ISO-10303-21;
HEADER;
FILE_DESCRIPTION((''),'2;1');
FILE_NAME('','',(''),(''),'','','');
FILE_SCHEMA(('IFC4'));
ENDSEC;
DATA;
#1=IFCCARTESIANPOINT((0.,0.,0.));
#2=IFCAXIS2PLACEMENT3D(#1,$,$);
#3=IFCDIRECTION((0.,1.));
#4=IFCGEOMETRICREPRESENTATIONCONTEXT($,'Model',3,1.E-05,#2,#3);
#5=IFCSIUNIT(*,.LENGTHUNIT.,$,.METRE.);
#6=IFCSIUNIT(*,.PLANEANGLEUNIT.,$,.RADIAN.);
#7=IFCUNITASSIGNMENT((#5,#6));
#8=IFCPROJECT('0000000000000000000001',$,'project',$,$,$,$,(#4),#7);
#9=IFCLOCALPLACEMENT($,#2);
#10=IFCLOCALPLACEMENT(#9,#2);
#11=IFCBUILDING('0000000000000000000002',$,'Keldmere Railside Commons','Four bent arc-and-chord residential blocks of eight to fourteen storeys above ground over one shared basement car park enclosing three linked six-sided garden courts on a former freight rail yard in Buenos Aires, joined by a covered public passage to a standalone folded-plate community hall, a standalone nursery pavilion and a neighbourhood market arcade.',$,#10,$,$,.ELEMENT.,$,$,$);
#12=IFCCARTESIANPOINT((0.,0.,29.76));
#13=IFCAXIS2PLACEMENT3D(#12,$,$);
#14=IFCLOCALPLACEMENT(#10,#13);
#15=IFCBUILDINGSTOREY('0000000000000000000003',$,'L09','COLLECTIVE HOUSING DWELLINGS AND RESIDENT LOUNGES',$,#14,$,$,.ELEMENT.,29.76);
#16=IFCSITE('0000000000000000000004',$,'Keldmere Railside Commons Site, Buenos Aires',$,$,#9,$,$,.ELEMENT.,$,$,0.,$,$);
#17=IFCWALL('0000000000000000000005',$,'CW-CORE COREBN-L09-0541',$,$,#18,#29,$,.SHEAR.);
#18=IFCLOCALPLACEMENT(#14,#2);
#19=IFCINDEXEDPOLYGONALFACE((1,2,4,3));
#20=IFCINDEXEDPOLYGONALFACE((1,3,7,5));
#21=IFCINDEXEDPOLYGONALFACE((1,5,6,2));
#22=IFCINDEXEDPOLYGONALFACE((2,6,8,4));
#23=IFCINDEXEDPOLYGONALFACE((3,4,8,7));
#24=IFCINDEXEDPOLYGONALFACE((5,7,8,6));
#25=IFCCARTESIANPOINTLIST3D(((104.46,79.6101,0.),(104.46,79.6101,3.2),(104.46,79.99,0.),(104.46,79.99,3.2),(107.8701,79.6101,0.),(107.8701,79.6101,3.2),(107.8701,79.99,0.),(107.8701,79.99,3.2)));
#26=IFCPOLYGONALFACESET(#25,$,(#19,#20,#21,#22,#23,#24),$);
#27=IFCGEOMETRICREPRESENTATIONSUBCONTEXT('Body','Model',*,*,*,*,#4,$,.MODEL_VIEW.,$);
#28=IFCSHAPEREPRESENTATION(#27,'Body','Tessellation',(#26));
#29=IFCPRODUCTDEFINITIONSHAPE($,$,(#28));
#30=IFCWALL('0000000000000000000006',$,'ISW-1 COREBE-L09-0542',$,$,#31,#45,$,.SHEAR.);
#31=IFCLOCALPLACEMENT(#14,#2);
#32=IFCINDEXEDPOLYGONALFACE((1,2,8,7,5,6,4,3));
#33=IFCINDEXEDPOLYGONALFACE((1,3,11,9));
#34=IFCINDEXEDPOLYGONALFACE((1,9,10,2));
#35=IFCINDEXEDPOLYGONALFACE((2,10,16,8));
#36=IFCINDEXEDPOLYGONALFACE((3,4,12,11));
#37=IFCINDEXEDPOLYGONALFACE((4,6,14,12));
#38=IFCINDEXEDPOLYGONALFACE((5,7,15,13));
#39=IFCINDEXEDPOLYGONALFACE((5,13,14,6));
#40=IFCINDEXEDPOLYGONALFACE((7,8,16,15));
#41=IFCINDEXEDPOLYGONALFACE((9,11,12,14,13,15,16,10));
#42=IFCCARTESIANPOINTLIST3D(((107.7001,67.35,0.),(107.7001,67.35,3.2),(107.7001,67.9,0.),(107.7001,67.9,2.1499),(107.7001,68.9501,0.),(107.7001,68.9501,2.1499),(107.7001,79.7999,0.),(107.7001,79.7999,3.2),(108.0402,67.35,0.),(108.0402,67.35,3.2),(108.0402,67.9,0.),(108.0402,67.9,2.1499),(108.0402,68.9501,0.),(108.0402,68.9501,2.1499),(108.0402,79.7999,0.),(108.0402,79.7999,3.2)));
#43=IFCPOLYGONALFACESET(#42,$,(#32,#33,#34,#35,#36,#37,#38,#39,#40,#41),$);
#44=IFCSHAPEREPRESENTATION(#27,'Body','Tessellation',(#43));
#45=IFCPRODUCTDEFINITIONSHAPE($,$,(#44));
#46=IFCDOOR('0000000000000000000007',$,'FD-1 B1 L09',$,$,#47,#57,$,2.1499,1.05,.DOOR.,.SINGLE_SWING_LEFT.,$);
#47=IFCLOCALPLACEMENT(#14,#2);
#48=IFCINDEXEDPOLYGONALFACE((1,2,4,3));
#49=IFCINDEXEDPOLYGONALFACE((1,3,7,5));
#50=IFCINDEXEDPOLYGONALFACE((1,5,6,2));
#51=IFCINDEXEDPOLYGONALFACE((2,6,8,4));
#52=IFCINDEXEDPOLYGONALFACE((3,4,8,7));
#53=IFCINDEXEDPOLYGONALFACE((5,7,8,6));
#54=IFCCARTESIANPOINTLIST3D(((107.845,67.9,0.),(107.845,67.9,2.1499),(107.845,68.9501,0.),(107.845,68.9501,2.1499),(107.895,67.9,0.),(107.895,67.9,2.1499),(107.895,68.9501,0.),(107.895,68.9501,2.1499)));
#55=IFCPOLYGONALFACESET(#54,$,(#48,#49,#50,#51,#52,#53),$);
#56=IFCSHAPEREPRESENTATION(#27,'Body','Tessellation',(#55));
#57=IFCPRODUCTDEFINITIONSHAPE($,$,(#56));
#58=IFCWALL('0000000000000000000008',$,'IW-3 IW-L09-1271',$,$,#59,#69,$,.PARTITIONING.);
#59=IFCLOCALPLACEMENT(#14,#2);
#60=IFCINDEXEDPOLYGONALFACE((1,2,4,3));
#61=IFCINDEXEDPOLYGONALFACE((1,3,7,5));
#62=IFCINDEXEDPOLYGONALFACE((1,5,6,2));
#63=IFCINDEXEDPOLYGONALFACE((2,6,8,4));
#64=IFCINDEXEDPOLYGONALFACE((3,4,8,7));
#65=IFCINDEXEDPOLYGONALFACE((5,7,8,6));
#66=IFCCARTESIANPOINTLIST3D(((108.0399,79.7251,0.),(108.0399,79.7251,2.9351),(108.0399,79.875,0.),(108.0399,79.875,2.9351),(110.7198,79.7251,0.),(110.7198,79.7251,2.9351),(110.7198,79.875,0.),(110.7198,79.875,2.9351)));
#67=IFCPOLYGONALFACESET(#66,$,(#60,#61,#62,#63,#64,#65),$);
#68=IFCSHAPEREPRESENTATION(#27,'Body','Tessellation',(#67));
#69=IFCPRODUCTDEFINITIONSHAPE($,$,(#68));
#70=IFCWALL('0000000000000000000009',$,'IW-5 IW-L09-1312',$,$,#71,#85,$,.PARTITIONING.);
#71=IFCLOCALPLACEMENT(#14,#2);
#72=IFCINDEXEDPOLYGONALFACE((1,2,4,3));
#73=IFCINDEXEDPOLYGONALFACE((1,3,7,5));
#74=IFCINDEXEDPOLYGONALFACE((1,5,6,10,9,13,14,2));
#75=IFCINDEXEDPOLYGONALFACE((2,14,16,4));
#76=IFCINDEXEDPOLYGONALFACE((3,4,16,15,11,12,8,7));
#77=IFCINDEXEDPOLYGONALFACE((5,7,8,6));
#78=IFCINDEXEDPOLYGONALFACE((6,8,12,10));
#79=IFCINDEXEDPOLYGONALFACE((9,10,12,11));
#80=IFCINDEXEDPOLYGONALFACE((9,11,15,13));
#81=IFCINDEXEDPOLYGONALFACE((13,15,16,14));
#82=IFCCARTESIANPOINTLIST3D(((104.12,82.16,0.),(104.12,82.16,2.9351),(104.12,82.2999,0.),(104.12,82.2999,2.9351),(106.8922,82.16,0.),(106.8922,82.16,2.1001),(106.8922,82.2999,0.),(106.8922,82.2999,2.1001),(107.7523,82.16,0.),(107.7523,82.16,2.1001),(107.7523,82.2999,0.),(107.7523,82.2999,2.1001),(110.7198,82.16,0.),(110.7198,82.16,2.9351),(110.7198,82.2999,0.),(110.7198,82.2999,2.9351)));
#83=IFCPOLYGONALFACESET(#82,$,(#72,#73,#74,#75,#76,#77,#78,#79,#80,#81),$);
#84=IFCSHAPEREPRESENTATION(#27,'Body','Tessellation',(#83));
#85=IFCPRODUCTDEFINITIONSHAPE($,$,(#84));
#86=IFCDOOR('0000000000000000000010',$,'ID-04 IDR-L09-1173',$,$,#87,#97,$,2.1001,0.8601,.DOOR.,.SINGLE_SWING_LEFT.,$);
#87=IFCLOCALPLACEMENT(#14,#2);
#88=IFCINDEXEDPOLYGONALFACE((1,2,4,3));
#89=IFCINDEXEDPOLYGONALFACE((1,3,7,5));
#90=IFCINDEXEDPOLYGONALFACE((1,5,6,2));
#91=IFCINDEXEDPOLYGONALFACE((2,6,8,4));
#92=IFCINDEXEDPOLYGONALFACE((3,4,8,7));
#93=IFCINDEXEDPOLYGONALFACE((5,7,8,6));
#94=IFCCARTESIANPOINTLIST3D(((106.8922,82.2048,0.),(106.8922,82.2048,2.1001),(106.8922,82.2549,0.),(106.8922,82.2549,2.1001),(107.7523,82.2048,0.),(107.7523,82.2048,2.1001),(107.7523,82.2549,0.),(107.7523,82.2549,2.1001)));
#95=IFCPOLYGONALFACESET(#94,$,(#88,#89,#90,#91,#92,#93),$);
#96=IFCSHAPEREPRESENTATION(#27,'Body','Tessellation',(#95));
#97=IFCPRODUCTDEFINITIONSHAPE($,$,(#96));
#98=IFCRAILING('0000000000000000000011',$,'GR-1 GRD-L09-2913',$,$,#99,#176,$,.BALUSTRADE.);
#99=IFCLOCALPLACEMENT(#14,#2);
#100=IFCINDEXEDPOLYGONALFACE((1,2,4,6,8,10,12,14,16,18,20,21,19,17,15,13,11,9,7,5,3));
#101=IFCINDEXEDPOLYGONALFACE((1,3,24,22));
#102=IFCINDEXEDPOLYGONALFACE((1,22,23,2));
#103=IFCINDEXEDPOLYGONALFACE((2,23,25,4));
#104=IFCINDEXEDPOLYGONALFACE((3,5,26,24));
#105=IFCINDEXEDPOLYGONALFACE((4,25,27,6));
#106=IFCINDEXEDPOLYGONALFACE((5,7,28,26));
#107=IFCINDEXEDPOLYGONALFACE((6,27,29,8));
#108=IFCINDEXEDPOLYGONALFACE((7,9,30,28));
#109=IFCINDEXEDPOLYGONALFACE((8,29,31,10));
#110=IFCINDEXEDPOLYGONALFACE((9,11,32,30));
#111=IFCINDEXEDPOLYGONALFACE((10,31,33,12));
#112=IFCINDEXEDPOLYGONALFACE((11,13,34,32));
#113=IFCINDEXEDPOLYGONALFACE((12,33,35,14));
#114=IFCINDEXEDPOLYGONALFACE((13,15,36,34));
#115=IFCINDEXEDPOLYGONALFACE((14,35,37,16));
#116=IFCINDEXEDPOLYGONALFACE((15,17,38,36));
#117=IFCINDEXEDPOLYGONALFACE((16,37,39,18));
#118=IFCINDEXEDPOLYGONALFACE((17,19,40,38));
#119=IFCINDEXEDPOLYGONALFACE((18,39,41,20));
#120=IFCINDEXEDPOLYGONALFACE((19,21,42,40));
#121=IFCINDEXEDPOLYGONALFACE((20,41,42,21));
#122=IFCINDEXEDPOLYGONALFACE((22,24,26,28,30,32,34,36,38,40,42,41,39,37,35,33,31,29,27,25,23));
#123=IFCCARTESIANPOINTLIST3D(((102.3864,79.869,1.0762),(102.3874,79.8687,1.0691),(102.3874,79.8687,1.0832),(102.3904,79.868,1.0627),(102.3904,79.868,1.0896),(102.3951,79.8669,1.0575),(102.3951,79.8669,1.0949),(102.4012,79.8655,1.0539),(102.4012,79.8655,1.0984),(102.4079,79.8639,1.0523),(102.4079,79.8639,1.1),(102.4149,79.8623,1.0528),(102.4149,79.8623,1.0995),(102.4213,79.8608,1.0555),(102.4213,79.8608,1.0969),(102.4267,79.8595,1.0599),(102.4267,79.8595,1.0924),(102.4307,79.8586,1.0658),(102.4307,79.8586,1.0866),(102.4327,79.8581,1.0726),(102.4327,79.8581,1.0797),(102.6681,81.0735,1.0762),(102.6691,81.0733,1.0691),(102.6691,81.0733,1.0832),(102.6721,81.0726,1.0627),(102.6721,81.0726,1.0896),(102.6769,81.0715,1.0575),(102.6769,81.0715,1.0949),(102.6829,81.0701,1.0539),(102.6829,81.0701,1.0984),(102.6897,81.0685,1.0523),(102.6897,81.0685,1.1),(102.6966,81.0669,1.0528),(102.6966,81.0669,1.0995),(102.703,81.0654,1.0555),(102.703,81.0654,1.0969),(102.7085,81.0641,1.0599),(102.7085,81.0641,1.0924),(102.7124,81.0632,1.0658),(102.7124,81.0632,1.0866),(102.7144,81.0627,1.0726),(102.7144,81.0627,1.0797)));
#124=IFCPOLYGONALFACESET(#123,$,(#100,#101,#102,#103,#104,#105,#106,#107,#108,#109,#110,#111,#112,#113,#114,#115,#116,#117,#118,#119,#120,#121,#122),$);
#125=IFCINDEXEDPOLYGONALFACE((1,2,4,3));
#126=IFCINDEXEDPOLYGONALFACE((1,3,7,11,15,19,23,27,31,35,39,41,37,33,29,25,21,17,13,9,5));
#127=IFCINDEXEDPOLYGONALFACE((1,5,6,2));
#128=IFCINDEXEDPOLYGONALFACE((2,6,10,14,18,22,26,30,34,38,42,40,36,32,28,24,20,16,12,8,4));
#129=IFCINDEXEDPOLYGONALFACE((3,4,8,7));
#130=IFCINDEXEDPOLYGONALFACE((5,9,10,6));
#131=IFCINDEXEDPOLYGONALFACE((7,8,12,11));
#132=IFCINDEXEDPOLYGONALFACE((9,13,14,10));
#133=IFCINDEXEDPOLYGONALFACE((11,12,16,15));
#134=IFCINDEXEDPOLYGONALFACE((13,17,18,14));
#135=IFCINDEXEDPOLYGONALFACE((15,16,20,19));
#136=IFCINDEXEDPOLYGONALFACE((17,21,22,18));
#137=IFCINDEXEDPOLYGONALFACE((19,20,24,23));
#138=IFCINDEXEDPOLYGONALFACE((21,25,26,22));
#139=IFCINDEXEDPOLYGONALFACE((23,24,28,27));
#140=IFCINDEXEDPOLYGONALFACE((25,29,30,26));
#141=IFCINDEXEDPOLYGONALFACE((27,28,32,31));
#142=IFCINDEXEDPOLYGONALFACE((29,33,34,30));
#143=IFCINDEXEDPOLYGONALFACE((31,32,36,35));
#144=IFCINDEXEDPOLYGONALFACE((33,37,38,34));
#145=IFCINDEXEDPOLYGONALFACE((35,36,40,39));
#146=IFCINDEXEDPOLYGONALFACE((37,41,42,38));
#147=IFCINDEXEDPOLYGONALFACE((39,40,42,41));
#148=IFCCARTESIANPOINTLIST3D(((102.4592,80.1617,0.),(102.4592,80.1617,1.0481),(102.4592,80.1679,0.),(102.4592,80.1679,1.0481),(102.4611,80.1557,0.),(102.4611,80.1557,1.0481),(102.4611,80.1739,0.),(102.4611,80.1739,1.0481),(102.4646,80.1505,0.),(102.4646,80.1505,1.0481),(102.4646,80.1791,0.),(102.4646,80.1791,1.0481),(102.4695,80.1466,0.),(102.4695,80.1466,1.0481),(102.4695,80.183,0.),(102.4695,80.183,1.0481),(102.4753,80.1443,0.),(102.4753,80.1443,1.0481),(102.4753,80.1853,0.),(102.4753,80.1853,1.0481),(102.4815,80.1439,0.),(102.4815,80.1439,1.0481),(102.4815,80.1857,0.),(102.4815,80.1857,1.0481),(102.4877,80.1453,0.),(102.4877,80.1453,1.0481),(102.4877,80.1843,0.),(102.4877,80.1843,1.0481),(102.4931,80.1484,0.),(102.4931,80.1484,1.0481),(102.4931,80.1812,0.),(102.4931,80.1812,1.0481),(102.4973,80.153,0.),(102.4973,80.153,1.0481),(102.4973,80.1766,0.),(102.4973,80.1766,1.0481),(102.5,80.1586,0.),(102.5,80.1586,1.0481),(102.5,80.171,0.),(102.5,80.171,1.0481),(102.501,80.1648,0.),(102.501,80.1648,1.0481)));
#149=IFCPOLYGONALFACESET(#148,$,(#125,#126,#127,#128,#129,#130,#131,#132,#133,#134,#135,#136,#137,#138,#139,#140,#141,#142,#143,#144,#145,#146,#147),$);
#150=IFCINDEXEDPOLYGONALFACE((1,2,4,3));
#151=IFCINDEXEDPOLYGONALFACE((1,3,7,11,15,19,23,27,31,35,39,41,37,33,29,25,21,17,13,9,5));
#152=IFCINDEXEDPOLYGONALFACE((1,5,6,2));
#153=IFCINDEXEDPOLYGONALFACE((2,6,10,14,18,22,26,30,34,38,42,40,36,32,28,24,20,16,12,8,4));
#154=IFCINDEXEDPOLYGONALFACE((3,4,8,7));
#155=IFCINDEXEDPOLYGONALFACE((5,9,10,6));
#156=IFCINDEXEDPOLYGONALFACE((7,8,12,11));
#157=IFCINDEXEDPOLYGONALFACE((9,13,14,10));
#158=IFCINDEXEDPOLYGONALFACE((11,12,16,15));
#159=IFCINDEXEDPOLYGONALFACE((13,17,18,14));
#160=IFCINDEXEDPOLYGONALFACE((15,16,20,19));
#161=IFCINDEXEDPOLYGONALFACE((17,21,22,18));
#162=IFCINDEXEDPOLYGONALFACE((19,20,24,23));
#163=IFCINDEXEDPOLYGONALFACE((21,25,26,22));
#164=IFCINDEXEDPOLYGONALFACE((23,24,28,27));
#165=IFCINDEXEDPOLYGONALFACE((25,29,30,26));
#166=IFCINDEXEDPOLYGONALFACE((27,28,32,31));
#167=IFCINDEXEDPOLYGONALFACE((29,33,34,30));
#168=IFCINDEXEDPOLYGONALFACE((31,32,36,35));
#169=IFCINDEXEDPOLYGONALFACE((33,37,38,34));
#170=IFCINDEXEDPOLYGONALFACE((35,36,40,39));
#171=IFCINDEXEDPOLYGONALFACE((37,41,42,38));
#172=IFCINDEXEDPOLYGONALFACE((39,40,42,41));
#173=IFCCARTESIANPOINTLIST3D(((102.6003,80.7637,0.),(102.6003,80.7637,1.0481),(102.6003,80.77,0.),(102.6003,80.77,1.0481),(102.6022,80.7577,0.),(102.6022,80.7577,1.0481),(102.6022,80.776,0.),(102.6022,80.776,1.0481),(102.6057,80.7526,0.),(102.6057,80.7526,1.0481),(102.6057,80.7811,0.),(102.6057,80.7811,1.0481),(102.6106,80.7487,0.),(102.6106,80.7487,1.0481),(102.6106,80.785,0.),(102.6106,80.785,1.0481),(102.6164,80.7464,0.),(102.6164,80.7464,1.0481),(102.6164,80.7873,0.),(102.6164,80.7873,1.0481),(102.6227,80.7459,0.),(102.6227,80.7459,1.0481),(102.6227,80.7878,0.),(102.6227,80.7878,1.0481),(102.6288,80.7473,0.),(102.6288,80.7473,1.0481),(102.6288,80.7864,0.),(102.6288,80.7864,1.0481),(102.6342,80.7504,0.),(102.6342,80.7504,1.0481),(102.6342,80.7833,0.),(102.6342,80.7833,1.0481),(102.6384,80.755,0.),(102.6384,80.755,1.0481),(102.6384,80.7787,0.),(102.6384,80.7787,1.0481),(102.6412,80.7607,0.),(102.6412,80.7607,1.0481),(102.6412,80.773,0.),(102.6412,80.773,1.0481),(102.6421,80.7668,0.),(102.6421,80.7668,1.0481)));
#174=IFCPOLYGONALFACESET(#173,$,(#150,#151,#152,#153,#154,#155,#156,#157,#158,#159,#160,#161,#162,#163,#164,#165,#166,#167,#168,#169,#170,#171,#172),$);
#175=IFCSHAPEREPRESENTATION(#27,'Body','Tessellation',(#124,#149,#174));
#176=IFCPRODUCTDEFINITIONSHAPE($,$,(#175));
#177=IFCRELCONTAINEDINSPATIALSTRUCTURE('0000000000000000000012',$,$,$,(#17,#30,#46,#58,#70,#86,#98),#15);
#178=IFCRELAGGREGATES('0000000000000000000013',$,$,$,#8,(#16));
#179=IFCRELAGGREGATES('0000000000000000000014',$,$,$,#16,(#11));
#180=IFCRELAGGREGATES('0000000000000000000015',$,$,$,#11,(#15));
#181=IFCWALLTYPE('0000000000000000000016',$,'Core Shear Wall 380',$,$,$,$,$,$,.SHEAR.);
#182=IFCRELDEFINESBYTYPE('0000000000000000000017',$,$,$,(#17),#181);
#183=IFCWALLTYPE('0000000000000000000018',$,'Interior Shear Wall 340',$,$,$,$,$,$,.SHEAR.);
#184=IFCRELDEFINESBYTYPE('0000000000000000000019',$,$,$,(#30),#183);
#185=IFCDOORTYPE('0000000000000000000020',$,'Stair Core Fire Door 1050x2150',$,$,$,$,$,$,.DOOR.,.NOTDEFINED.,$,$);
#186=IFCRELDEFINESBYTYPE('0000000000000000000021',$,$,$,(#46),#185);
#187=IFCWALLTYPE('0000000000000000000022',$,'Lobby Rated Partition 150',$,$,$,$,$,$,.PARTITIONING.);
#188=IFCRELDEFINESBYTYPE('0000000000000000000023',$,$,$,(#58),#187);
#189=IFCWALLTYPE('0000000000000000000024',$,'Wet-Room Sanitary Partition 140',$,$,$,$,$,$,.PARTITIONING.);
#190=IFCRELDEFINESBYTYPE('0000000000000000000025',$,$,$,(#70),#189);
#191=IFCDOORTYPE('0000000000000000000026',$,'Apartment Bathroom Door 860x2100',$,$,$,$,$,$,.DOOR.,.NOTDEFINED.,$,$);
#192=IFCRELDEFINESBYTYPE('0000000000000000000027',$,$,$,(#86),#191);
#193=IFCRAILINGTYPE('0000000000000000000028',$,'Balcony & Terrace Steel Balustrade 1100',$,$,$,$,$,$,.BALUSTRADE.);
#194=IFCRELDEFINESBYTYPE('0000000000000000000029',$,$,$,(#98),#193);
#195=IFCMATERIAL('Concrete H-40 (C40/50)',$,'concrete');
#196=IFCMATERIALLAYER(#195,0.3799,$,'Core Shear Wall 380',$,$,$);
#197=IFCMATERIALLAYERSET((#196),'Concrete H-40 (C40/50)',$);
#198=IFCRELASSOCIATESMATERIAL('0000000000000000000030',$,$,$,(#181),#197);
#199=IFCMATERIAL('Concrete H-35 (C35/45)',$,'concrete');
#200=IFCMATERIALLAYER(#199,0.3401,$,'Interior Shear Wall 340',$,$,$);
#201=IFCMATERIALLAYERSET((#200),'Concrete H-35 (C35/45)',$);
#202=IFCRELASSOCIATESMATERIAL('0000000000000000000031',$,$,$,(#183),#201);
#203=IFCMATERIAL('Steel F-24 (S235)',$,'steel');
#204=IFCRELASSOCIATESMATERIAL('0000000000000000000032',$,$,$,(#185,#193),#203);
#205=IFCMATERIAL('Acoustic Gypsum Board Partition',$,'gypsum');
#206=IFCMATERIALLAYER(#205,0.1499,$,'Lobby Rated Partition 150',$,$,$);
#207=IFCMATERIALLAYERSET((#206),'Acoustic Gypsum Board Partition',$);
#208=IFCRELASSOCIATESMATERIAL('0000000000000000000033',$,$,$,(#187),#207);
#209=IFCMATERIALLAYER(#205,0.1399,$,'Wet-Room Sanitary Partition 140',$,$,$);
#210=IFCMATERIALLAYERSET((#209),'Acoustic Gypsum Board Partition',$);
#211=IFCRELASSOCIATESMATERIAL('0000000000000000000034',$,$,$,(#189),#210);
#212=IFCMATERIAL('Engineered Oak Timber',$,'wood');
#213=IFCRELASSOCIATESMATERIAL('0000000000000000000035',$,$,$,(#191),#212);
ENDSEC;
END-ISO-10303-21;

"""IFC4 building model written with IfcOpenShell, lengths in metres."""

from ifc_helpers import new_model, si_unit, direction, frame, frame_2d, origin, origin_2d, place, context, subcontext, project, spatial, rectangle, circle, extrude, material, layer, layer_set, type_object, element, fill, save


model = new_model("IFC4")

# Units and contexts
model_context = context("Model", 3, precision=1e-05, world=origin(), true_north=direction((0.0, 1.0)))
body_context = subcontext(model_context, "Body", "Model", "MODEL_VIEW")
ifc_project = project(units=[si_unit("LENGTHUNIT", "METRE"), si_unit("PLANEANGLEUNIT", "RADIAN")], contexts=[model_context])

# Site, building, storey
site_placement = place(None, origin())
site = spatial("IfcSite", under=ifc_project, at=site_placement, Name="Keldmere Railside Commons Site, Buenos Aires", CompositionType="ELEMENT", RefElevation=0.0)
building_placement = place(site_placement, origin())
building = spatial("IfcBuilding", under=site, at=building_placement, Name="Keldmere Railside Commons", Description="Four bent arc-and-chord residential blocks of eight to fourteen storeys above ground over one shared basement car park enclosing three linked six-sided garden courts on a former freight rail yard in Buenos Aires, joined by a covered public passage to a standalone folded-plate community hall, a standalone nursery pavilion and a neighbourhood market arcade.", CompositionType="ELEMENT")
storey_placement = place(building_placement, frame((0.0, 0.0, 29.76)))
storey = spatial("IfcBuildingStorey", under=building, at=storey_placement, Name="L09", Description="COLLECTIVE HOUSING DWELLINGS AND RESIDENT LOUNGES", CompositionType="ELEMENT", Elevation=29.76)

# Shared definitions
ifc_material_1 = material(Name="Concrete H-35 (C35/45)", Category="concrete")

# Shared definitions
ifc_material_2 = material(Name="Acoustic Gypsum Board Partition", Category="gypsum")
ifc_material_3 = material(Name="Engineered Oak Timber", Category="wood")

# Wall
ifc_material_4 = material(Name="Concrete H-40 (C40/50)", Category="concrete")
ifc_layer_1 = layer(ifc_material_4, 0.3799, Name="Core Shear Wall 380")
ifc_layer_set_1 = layer_set([ifc_layer_1], Name="Concrete H-40 (C40/50)")
wall_type_1 = type_object("IfcWallType", Name="Core Shear Wall 380", PredefinedType="SHEAR", material=ifc_layer_set_1)
wall_1_placement = place(storey_placement, frame((104.46, 79.8, 0.0), z_axis=(0.0, 0.0, 1.0), x_axis=(1.0, 0.0, 0.0)))
element("IfcWall", 1, at=wall_1_placement, inside=storey, type_object=wall_type_1, Name="CW-CORE COREBN-L09-0541", PredefinedType="SHEAR", context=body_context, shape_type="SweptSolid", body=[
    extrude(rectangle(XDim=3.4102, YDim=0.3799, at=frame_2d((1.7051, 0.0))), origin(), (0.0, 0.0, 1.0), 3.2),
])

# Wall, opening, door
ifc_layer_2 = layer(ifc_material_1, 0.3401, Name="Interior Shear Wall 340")
ifc_layer_set_2 = layer_set([ifc_layer_2], Name="Concrete H-35 (C35/45)")
wall_type_2 = type_object("IfcWallType", Name="Interior Shear Wall 340", PredefinedType="SHEAR", material=ifc_layer_set_2)
wall_2_placement = place(storey_placement, frame((107.8701, 79.8, 0.0), z_axis=(0.0, 0.0, 1.0), x_axis=(0.0, -1.0, 0.0)))
wall_2 = element("IfcWall", 2, at=wall_2_placement, inside=storey, type_object=wall_type_2, Name="ISW-1 COREBE-L09-0542", PredefinedType="SHEAR", context=body_context, shape_type="SweptSolid", body=[
    extrude(rectangle(XDim=12.45, YDim=0.3401, at=frame_2d((6.2251, 0.0))), origin(), (0.0, 0.0, 1.0), 3.2),
])
opening_1_placement = place(wall_2_placement, frame((10.8501, 0.0, 0.0)))
opening_1 = element("IfcOpeningElement", 3, at=opening_1_placement, cuts=wall_2, PredefinedType="OPENING", context=body_context, shape_type="SweptSolid", body=[
    extrude(rectangle(XDim=1.05, YDim=2.1499, at=frame_2d((0.5249, 1.075))), frame((0.0, 0.1799, 0.0), z_axis=(0.0, -1.0, 0.0), x_axis=(1.0, 0.0, 0.0)), (0.0, 0.0, 1.0), 0.3601),
])
ifc_material_5 = material(Name="Steel F-24 (S235)", Category="steel")
door_type_1 = type_object("IfcDoorType", Name="Stair Core Fire Door 1050x2150", OperationType="NOTDEFINED", PredefinedType="DOOR", material=ifc_material_5)
door_1_placement = place(opening_1_placement, origin())
door_1 = element("IfcDoor", 4, at=door_1_placement, inside=storey, type_object=door_type_1, Name="FD-1 B1 L09", OperationType="SINGLE_SWING_LEFT", OverallHeight=2.1499, OverallWidth=1.05, PredefinedType="DOOR", context=body_context, shape_type="SweptSolid", body=[
    extrude(rectangle(XDim=1.05, YDim=2.1499, at=frame_2d((0.5249, 1.075))), frame((0.0, 0.0249, 0.0), z_axis=(0.0, -1.0, 0.0), x_axis=(1.0, 0.0, 0.0)), (0.0, 0.0, 1.0), 0.05),
])
fill(opening_1, door_1)

# Wall
ifc_layer_3 = layer(ifc_material_2, 0.1499, Name="Lobby Rated Partition 150")
ifc_layer_set_3 = layer_set([ifc_layer_3], Name="Acoustic Gypsum Board Partition")
wall_type_3 = type_object("IfcWallType", Name="Lobby Rated Partition 150", PredefinedType="PARTITIONING", material=ifc_layer_set_3)
wall_3_placement = place(storey_placement, frame((108.04, 79.8, 0.0), z_axis=(0.0, 0.0, 1.0), x_axis=(1.0, 0.0, 0.0)))
element("IfcWall", 5, at=wall_3_placement, inside=storey, type_object=wall_type_3, Name="IW-3 IW-L09-1271", PredefinedType="PARTITIONING", context=body_context, shape_type="SweptSolid", body=[
    extrude(rectangle(XDim=2.6799, YDim=0.1499, at=frame_2d((1.3398, 0.0))), origin(), (0.0, 0.0, 1.0), 2.9351),
])

# Wall, opening, door
ifc_layer_4 = layer(ifc_material_2, 0.1399, Name="Wet-Room Sanitary Partition 140")
ifc_layer_set_4 = layer_set([ifc_layer_4], Name="Acoustic Gypsum Board Partition")
wall_type_4 = type_object("IfcWallType", Name="Wet-Room Sanitary Partition 140", PredefinedType="PARTITIONING", material=ifc_layer_set_4)
wall_4_placement = place(storey_placement, frame((104.1201, 82.23, 0.0), z_axis=(0.0, 0.0, 1.0), x_axis=(1.0, 0.0, 0.0)))
wall_4 = element("IfcWall", 6, at=wall_4_placement, inside=storey, type_object=wall_type_4, Name="IW-5 IW-L09-1312", PredefinedType="PARTITIONING", context=body_context, shape_type="SweptSolid", body=[
    extrude(rectangle(XDim=6.5999, YDim=0.1399, at=frame_2d((3.2998, 0.0))), origin(), (0.0, 0.0, 1.0), 2.9351),
])
opening_2_placement = place(wall_4_placement, frame((2.772, 0.0, 0.0)))
opening_2 = element("IfcOpeningElement", 7, at=opening_2_placement, cuts=wall_4, PredefinedType="OPENING", context=body_context, shape_type="SweptSolid", body=[
    extrude(rectangle(XDim=0.8601, YDim=2.1001, at=frame_2d((0.4302, 1.05))), frame((0.0, 0.0798, 0.0), z_axis=(0.0, -1.0, 0.0), x_axis=(1.0, 0.0, 0.0)), (0.0, 0.0, 1.0), 0.1599),
])
door_type_2 = type_object("IfcDoorType", Name="Apartment Bathroom Door 860x2100", OperationType="NOTDEFINED", PredefinedType="DOOR", material=ifc_material_3)
door_2_placement = place(opening_2_placement, origin())
door_2 = element("IfcDoor", 8, at=door_2_placement, inside=storey, type_object=door_type_2, Name="ID-04 IDR-L09-1173", OperationType="SINGLE_SWING_LEFT", OverallHeight=2.1001, OverallWidth=0.8601, PredefinedType="DOOR", context=body_context, shape_type="SweptSolid", body=[
    extrude(rectangle(XDim=0.8601, YDim=2.1001, at=frame_2d((0.4302, 1.05))), frame((0.0, 0.0249, 0.0), z_axis=(0.0, -1.0, 0.0), x_axis=(1.0, 0.0, 0.0)), (0.0, 0.0, 1.0), 0.05),
])
fill(opening_2, door_2)

# Railing
railing_type = type_object("IfcRailingType", Name="Balcony & Terrace Steel Balustrade 1100", PredefinedType="BALUSTRADE", material=ifc_material_5)
railing_1_placement = place(storey_placement, frame((102.4097, 79.8635, 0.0)))
element("IfcRailing", 9, at=railing_1_placement, inside=storey, type_object=railing_type, Name="GR-1 GRD-L09-2913", PredefinedType="BALUSTRADE", context=body_context, shape_type="SweptSolid", body=[
    extrude(circle(Radius=0.0239, at=origin_2d()), frame((0.0, 0.0, 1.0762), z_axis=(0.227741, 0.973722, 0.0), x_axis=(-0.973722, 0.227741, 0.0)), (0.0, 0.0, 1.0), 1.2371),
    extrude(circle(Radius=0.021, at=origin_2d()), frame((0.0703, 0.3013, 0.0)), (0.0, 0.0, 1.0), 1.0481),
    extrude(circle(Radius=0.021, at=origin_2d()), frame((0.2114, 0.9033, 0.0)), (0.0, 0.0, 1.0), 1.0481),
])

save(model, "model.ifc")
